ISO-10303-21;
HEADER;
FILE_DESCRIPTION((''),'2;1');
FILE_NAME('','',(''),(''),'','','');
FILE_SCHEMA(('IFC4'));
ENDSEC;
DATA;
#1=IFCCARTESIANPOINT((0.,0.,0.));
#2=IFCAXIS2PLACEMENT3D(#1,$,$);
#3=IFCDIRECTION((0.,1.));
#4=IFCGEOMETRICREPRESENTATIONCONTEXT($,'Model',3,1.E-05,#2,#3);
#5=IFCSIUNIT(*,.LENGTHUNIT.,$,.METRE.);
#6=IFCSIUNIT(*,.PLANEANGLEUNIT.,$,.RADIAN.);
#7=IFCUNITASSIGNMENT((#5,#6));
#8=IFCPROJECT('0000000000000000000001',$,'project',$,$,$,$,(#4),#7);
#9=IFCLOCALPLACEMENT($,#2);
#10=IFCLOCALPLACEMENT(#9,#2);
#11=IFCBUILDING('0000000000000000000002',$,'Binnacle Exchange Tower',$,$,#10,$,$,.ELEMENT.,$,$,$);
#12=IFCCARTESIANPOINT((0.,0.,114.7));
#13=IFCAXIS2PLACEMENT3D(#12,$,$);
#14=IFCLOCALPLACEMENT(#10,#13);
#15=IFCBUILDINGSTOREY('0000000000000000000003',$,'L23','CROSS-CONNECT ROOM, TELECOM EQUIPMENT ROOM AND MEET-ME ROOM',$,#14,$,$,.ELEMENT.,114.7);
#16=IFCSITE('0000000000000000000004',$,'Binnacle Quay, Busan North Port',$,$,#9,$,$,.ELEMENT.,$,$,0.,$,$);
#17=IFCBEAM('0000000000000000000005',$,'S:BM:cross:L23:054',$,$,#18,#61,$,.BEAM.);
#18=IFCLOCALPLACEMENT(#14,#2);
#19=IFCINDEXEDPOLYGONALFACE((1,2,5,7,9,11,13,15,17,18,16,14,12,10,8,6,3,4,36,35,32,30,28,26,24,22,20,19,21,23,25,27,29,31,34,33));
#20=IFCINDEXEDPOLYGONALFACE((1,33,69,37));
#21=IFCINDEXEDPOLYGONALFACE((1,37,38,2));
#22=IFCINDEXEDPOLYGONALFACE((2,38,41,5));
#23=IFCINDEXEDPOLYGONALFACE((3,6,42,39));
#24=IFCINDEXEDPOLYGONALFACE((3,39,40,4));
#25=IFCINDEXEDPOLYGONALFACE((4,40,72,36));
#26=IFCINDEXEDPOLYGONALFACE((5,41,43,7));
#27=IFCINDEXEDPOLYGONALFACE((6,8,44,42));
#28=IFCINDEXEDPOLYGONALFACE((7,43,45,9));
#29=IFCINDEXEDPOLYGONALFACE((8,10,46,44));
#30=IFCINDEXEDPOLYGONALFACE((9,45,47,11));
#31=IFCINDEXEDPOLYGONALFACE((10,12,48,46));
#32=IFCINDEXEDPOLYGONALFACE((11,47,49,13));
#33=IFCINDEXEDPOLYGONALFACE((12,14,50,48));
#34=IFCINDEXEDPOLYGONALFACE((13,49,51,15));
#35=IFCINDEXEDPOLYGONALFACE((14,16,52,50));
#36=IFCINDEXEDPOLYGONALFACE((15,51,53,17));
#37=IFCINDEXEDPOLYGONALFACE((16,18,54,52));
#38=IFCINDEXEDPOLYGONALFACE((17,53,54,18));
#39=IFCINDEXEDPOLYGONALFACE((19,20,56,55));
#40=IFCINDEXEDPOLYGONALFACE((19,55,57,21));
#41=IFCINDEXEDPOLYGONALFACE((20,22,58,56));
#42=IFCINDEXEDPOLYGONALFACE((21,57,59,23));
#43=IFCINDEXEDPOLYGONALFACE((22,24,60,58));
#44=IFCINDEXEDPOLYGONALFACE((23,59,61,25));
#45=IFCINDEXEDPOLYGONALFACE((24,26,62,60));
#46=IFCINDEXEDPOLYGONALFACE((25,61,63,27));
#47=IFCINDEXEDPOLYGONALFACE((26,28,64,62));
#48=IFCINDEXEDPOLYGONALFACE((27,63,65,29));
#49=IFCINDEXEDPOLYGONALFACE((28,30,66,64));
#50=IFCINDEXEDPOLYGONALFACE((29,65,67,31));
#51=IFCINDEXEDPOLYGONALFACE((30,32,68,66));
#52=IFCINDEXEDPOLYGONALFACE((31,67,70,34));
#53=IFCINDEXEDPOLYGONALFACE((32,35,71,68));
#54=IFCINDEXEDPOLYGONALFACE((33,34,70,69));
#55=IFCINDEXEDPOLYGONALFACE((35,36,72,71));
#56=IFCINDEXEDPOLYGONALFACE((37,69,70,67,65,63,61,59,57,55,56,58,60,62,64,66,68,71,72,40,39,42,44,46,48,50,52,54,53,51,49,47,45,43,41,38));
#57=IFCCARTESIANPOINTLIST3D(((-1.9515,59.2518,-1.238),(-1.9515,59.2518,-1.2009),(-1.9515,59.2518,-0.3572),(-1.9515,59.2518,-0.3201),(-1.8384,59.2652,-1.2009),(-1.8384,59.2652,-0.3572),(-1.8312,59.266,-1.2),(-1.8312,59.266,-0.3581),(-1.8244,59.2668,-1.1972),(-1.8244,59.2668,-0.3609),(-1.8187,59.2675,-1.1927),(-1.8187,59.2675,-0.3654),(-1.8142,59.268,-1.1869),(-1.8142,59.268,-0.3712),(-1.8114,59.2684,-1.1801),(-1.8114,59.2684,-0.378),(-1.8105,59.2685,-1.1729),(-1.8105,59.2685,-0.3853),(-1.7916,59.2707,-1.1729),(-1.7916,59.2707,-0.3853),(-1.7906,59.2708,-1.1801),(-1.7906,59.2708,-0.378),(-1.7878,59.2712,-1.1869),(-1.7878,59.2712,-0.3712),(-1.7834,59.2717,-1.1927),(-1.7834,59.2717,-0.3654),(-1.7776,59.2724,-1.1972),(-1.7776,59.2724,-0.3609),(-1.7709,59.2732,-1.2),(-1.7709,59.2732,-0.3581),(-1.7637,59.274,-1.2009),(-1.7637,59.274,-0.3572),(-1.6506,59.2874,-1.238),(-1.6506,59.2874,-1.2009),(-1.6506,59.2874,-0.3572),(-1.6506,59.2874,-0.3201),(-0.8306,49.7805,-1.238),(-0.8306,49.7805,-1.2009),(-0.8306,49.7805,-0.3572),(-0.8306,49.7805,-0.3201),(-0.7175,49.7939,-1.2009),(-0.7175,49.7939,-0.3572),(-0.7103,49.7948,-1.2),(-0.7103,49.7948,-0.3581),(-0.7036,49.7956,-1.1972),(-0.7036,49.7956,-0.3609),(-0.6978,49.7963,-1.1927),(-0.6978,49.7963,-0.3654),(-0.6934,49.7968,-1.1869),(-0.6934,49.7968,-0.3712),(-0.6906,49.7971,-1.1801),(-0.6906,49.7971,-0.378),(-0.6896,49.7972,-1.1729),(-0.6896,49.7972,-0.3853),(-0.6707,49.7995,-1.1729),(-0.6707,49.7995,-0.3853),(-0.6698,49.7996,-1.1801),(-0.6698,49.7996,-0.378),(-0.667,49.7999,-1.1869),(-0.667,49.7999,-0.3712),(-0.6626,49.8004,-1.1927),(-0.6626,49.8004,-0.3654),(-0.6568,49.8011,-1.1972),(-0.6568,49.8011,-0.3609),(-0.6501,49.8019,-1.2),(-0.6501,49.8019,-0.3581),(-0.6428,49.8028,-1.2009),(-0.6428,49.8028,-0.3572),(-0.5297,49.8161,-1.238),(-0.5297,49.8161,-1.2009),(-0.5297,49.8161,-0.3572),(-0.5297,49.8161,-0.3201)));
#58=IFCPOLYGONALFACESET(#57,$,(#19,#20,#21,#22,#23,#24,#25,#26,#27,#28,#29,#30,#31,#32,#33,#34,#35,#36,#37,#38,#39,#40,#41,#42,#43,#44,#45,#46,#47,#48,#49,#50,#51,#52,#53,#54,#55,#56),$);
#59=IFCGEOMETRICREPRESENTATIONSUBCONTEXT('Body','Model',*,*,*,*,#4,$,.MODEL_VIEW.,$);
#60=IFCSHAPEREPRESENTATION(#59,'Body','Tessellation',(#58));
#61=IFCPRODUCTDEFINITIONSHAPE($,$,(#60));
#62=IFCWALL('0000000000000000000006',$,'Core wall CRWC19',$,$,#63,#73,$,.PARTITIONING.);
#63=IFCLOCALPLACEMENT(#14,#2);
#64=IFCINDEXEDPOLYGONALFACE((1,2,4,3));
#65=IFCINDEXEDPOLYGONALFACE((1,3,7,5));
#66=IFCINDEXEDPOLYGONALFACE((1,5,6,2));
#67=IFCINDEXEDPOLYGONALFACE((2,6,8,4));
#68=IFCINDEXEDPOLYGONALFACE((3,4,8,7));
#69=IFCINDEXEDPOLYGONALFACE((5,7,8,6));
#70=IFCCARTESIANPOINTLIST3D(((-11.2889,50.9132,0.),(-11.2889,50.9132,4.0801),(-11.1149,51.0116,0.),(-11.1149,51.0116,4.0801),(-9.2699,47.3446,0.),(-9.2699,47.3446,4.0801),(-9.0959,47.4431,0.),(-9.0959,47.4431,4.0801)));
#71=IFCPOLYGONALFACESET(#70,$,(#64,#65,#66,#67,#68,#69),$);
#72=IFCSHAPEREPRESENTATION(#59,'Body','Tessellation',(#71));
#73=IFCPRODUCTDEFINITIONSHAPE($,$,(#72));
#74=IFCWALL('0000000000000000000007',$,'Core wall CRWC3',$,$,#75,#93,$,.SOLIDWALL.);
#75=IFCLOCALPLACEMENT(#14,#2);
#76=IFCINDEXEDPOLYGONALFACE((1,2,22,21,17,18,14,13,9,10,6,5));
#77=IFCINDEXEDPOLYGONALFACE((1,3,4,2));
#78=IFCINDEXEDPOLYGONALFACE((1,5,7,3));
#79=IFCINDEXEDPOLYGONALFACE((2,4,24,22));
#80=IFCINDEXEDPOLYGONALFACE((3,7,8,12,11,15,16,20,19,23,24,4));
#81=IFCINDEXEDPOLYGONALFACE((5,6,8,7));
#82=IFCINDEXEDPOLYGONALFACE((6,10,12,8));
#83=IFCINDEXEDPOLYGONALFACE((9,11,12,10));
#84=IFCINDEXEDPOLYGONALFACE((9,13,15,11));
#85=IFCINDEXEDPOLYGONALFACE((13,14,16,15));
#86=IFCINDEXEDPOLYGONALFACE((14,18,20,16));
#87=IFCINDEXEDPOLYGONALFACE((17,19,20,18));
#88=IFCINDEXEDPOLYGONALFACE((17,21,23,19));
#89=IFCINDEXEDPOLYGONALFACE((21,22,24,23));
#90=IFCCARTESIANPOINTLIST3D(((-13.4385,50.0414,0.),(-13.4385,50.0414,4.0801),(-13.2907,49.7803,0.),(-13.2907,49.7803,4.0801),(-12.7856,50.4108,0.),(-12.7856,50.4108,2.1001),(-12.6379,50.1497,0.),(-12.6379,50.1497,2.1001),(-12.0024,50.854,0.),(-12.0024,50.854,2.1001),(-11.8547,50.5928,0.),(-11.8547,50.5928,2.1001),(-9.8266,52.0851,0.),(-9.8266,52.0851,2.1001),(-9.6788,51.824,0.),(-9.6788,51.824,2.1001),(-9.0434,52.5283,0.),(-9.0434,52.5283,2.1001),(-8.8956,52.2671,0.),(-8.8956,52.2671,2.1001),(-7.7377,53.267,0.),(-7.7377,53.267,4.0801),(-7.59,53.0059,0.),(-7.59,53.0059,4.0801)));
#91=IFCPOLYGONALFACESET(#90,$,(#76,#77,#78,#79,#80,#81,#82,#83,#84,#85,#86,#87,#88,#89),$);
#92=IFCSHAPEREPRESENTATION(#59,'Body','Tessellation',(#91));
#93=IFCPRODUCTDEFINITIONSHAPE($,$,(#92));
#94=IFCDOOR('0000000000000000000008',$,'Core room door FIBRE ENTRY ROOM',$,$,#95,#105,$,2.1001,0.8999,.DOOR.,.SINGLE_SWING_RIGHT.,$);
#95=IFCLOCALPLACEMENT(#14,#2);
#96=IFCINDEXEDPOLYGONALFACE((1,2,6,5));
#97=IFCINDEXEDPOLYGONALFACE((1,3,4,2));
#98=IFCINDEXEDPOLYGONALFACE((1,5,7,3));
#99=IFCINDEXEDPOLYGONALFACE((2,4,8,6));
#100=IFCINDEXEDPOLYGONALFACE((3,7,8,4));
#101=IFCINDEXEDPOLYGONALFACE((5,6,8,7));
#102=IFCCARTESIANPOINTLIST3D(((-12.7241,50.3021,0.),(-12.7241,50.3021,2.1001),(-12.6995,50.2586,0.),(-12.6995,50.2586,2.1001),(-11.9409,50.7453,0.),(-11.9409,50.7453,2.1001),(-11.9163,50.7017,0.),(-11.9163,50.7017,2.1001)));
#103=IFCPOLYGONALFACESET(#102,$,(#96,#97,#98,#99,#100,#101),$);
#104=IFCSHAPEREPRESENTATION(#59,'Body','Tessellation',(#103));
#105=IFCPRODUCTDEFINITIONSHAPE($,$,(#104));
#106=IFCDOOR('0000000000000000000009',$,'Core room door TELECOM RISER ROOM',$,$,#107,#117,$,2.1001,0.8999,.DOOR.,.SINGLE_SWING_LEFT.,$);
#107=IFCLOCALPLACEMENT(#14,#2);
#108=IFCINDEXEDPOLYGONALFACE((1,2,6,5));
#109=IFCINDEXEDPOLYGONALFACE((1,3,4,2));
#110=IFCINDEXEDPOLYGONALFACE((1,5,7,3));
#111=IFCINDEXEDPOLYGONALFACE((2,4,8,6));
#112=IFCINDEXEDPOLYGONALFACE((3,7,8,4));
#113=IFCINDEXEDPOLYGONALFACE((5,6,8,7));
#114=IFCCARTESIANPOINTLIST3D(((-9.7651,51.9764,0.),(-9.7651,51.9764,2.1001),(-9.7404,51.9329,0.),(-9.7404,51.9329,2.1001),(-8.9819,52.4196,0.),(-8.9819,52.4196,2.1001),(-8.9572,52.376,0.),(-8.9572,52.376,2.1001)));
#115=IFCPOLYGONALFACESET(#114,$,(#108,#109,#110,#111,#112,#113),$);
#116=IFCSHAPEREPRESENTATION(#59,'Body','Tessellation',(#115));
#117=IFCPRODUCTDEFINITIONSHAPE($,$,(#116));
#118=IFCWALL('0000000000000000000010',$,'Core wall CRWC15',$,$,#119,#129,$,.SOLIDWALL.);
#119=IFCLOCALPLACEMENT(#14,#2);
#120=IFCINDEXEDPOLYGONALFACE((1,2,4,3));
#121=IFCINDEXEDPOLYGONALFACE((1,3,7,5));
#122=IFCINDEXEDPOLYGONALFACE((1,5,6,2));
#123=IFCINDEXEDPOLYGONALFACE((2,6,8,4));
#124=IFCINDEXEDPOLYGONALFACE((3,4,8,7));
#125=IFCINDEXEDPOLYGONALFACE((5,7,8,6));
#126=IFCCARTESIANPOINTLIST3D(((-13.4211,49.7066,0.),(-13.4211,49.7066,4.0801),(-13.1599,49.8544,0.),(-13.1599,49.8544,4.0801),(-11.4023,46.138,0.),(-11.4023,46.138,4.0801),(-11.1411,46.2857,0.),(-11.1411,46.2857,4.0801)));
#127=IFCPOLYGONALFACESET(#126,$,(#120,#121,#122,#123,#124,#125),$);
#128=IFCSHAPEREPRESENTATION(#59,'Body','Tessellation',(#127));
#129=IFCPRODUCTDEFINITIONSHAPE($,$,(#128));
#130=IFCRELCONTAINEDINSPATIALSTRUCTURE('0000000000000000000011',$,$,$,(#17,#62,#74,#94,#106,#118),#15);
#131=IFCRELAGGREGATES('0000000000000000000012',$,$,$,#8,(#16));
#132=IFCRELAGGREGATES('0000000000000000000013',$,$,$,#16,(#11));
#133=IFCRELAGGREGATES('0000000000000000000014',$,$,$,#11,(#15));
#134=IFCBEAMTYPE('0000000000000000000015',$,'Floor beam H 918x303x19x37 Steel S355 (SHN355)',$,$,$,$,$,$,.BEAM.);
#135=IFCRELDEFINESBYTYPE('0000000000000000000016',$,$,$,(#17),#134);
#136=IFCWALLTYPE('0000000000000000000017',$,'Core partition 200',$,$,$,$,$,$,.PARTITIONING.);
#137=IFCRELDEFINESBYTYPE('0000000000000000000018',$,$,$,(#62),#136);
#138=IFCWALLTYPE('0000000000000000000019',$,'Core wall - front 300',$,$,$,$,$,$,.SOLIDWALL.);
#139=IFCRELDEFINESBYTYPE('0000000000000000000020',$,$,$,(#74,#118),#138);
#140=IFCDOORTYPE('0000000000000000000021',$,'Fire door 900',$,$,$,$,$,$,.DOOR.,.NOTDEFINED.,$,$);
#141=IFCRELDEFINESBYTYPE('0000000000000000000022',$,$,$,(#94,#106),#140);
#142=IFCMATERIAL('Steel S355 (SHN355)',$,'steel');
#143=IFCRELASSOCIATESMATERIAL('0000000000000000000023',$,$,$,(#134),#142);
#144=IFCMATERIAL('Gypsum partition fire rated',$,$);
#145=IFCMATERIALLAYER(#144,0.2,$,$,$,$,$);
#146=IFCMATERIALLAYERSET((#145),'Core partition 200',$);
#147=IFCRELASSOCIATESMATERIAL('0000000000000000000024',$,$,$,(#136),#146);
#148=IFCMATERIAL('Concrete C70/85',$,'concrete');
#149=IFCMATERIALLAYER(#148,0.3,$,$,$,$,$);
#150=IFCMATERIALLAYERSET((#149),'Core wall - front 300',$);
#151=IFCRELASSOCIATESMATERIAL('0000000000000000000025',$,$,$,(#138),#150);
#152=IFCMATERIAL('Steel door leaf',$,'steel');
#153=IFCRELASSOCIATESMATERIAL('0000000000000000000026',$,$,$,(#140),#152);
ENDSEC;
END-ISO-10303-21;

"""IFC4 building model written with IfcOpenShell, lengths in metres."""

from ifc_helpers import new_model, si_unit, direction, frame, frame_2d, origin, origin_2d, place, context, subcontext, project, spatial, rectangle, i_section, extrude, material, layer, layer_set, material_profile, profile_set, type_object, element, fill, save


model = new_model("IFC4")

# Units and contexts
model_context = context("Model", 3, precision=1e-05, world=origin(), true_north=direction((0.0, 1.0)))
body_context = subcontext(model_context, "Body", "Model", "MODEL_VIEW")
ifc_project = project(units=[si_unit("LENGTHUNIT", "METRE"), si_unit("PLANEANGLEUNIT", "RADIAN")], contexts=[model_context])

# Site, building, storey
site_placement = place(None, origin())
site = spatial("IfcSite", under=ifc_project, at=site_placement, Name="Binnacle Quay, Busan North Port", CompositionType="ELEMENT", RefElevation=0.0)
building_placement = place(site_placement, origin())
building = spatial("IfcBuilding", under=site, at=building_placement, Name="Binnacle Exchange Tower", CompositionType="ELEMENT")
storey_placement = place(building_placement, frame((0.0, 0.0, 114.7)))
storey = spatial("IfcBuildingStorey", under=building, at=storey_placement, Name="L23", Description="CROSS-CONNECT ROOM, TELECOM EQUIPMENT ROOM AND MEET-ME ROOM", CompositionType="ELEMENT", Elevation=114.7)

# Shared definitions
ifc_material_1 = material(Name="Concrete C70/85", Category="concrete")

# Beam
ifc_material_2 = material(Name="Steel S355 (SHN355)", Category="steel")
ifc_material_profile_1 = material_profile(ifc_material_2, i_section(OverallWidth=0.303, OverallDepth=0.918, WebThickness=0.019, FlangeThickness=0.0371, FilletRadius=0.0281, at=origin_2d()), Name="H 918x303x19x37")
ifc_profile_set_1 = profile_set([ifc_material_profile_1], Name="Steel S355 (SHN355)")
beam_type_1 = type_object("IfcBeamType", Name="Floor beam H 918x303x19x37 Steel S355 (SHN355)", PredefinedType="BEAM", material=ifc_profile_set_1)
beam_1_placement = place(storey_placement, frame((-0.6802, 49.7983, -0.7791), z_axis=(-0.117523, 0.99307, 0.0), x_axis=(-0.99307, -0.117523, 0.0)))
element("IfcBeam", 1, at=beam_1_placement, inside=storey, type_object=beam_type_1, Name="S:BM:cross:L23:054", PredefinedType="BEAM", context=body_context, shape_type="SweptSolid", body=[
    extrude(i_section(OverallWidth=0.303, OverallDepth=0.918, WebThickness=0.019, FlangeThickness=0.0371, FilletRadius=0.0281, at=origin_2d()), origin(), (0.0, 0.0, 1.0), 9.5374),
])

# Wall
ifc_material_3 = material(Name="Gypsum partition fire rated")
ifc_layer_1 = layer(ifc_material_3, 0.2)
ifc_layer_set_1 = layer_set([ifc_layer_1], Name="Core partition 200")
wall_type_1 = type_object("IfcWallType", Name="Core partition 200", PredefinedType="PARTITIONING", material=ifc_layer_set_1)
wall_1_placement = place(storey_placement, frame((-11.2019, 50.9624, 0.0), z_axis=(0.0, 0.0, 1.0), x_axis=(0.492428, -0.870353, 0.0)))
element("IfcWall", 2, at=wall_1_placement, inside=storey, type_object=wall_type_1, Name="Core wall CRWC19", PredefinedType="PARTITIONING", context=body_context, shape_type="SweptSolid", body=[
    extrude(rectangle(XDim=4.1001, YDim=0.2, at=frame_2d((2.05, 0.0))), origin(), (0.0, 0.0, 1.0), 4.0801),
])

# Wall, openings, doors
ifc_layer_2 = layer(ifc_material_1, 0.3)
ifc_layer_set_2 = layer_set([ifc_layer_2], Name="Core wall - front 300")
wall_type_2 = type_object("IfcWallType", Name="Core wall - front 300", PredefinedType="SOLIDWALL", material=ifc_layer_set_2)
wall_2_placement = place(storey_placement, frame((-13.3645, 49.9109, 0.0), z_axis=(0.0, 0.0, 1.0), x_axis=(0.870336, 0.492458, 0.0)))
wall_2 = element("IfcWall", 3, at=wall_2_placement, inside=storey, type_object=wall_type_2, Name="Core wall CRWC3", PredefinedType="SOLIDWALL", context=body_context, shape_type="SweptSolid", body=[
    extrude(rectangle(XDim=6.55, YDim=0.3, at=frame_2d((3.2749, 0.0))), origin(), (0.0, 0.0, 1.0), 4.0801),
])
opening_1_placement = place(wall_2_placement, frame((0.75, 0.0, 0.0)))
opening_1 = element("IfcOpeningElement", 4, at=opening_1_placement, cuts=wall_2, PredefinedType="OPENING", context=body_context, shape_type="SweptSolid", body=[
    extrude(rectangle(XDim=0.8999, YDim=2.1001, at=frame_2d((0.45, 1.05))), frame((0.0, 0.1599, 0.0), z_axis=(0.0, -1.0, 0.0), x_axis=(1.0, 0.0, 0.0)), (0.0, 0.0, 1.0), 0.3201),
])
opening_2_placement = place(wall_2_placement, frame((4.1499, 0.0, 0.0)))
opening_2 = element("IfcOpeningElement", 5, at=opening_2_placement, cuts=wall_2, PredefinedType="OPENING", context=body_context, shape_type="SweptSolid", body=[
    extrude(rectangle(XDim=0.8999, YDim=2.1001, at=frame_2d((0.45, 1.05))), frame((0.0, 0.1599, 0.0), z_axis=(0.0, -1.0, 0.0), x_axis=(1.0, 0.0, 0.0)), (0.0, 0.0, 1.0), 0.3201),
])
ifc_material_4 = material(Name="Steel door leaf", Category="steel")
door_type = type_object("IfcDoorType", Name="Fire door 900", OperationType="NOTDEFINED", PredefinedType="DOOR", material=ifc_material_4)
door_1_placement = place(opening_1_placement, frame((0.8999, 0.0, 0.0), z_axis=(0.0, 0.0, 1.0), x_axis=(-1.0, 0.0, 0.0)))
door_1 = element("IfcDoor", 6, at=door_1_placement, inside=storey, type_object=door_type, Name="Core room door FIBRE ENTRY ROOM", OperationType="SINGLE_SWING_RIGHT", OverallHeight=2.1001, OverallWidth=0.8999, PredefinedType="DOOR", context=body_context, shape_type="SweptSolid", body=[
    extrude(rectangle(XDim=0.8999, YDim=2.1001, at=frame_2d((0.45, 1.05))), frame((0.0, 0.0249, 0.0), z_axis=(0.0, -1.0, 0.0), x_axis=(1.0, 0.0, 0.0)), (0.0, 0.0, 1.0), 0.05),
])
fill(opening_1, door_1)
door_2_placement = place(opening_2_placement, frame((0.8999, 0.0, 0.0), z_axis=(0.0, 0.0, 1.0), x_axis=(-1.0, 0.0, 0.0)))
door_2 = element("IfcDoor", 7, at=door_2_placement, inside=storey, type_object=door_type, Name="Core room door TELECOM RISER ROOM", OperationType="SINGLE_SWING_LEFT", OverallHeight=2.1001, OverallWidth=0.8999, PredefinedType="DOOR", context=body_context, shape_type="SweptSolid", body=[
    extrude(rectangle(XDim=0.8999, YDim=2.1001, at=frame_2d((0.45, 1.05))), frame((0.0, 0.0249, 0.0), z_axis=(0.0, -1.0, 0.0), x_axis=(1.0, 0.0, 0.0)), (0.0, 0.0, 1.0), 0.05),
])
fill(opening_2, door_2)

# Wall
wall_3_placement = place(storey_placement, frame((-13.2905, 49.7805, 0.0), z_axis=(0.0, 0.0, 1.0), x_axis=(0.492383, -0.870379, 0.0)))
element("IfcWall", 8, at=wall_3_placement, inside=storey, type_object=wall_type_2, Name="Core wall CRWC15", PredefinedType="SOLIDWALL", context=body_context, shape_type="SweptSolid", body=[
    extrude(rectangle(XDim=4.1001, YDim=0.3, at=frame_2d((2.05, 0.0))), origin(), (0.0, 0.0, 1.0), 4.0801),
])

save(model, "model.ifc")
